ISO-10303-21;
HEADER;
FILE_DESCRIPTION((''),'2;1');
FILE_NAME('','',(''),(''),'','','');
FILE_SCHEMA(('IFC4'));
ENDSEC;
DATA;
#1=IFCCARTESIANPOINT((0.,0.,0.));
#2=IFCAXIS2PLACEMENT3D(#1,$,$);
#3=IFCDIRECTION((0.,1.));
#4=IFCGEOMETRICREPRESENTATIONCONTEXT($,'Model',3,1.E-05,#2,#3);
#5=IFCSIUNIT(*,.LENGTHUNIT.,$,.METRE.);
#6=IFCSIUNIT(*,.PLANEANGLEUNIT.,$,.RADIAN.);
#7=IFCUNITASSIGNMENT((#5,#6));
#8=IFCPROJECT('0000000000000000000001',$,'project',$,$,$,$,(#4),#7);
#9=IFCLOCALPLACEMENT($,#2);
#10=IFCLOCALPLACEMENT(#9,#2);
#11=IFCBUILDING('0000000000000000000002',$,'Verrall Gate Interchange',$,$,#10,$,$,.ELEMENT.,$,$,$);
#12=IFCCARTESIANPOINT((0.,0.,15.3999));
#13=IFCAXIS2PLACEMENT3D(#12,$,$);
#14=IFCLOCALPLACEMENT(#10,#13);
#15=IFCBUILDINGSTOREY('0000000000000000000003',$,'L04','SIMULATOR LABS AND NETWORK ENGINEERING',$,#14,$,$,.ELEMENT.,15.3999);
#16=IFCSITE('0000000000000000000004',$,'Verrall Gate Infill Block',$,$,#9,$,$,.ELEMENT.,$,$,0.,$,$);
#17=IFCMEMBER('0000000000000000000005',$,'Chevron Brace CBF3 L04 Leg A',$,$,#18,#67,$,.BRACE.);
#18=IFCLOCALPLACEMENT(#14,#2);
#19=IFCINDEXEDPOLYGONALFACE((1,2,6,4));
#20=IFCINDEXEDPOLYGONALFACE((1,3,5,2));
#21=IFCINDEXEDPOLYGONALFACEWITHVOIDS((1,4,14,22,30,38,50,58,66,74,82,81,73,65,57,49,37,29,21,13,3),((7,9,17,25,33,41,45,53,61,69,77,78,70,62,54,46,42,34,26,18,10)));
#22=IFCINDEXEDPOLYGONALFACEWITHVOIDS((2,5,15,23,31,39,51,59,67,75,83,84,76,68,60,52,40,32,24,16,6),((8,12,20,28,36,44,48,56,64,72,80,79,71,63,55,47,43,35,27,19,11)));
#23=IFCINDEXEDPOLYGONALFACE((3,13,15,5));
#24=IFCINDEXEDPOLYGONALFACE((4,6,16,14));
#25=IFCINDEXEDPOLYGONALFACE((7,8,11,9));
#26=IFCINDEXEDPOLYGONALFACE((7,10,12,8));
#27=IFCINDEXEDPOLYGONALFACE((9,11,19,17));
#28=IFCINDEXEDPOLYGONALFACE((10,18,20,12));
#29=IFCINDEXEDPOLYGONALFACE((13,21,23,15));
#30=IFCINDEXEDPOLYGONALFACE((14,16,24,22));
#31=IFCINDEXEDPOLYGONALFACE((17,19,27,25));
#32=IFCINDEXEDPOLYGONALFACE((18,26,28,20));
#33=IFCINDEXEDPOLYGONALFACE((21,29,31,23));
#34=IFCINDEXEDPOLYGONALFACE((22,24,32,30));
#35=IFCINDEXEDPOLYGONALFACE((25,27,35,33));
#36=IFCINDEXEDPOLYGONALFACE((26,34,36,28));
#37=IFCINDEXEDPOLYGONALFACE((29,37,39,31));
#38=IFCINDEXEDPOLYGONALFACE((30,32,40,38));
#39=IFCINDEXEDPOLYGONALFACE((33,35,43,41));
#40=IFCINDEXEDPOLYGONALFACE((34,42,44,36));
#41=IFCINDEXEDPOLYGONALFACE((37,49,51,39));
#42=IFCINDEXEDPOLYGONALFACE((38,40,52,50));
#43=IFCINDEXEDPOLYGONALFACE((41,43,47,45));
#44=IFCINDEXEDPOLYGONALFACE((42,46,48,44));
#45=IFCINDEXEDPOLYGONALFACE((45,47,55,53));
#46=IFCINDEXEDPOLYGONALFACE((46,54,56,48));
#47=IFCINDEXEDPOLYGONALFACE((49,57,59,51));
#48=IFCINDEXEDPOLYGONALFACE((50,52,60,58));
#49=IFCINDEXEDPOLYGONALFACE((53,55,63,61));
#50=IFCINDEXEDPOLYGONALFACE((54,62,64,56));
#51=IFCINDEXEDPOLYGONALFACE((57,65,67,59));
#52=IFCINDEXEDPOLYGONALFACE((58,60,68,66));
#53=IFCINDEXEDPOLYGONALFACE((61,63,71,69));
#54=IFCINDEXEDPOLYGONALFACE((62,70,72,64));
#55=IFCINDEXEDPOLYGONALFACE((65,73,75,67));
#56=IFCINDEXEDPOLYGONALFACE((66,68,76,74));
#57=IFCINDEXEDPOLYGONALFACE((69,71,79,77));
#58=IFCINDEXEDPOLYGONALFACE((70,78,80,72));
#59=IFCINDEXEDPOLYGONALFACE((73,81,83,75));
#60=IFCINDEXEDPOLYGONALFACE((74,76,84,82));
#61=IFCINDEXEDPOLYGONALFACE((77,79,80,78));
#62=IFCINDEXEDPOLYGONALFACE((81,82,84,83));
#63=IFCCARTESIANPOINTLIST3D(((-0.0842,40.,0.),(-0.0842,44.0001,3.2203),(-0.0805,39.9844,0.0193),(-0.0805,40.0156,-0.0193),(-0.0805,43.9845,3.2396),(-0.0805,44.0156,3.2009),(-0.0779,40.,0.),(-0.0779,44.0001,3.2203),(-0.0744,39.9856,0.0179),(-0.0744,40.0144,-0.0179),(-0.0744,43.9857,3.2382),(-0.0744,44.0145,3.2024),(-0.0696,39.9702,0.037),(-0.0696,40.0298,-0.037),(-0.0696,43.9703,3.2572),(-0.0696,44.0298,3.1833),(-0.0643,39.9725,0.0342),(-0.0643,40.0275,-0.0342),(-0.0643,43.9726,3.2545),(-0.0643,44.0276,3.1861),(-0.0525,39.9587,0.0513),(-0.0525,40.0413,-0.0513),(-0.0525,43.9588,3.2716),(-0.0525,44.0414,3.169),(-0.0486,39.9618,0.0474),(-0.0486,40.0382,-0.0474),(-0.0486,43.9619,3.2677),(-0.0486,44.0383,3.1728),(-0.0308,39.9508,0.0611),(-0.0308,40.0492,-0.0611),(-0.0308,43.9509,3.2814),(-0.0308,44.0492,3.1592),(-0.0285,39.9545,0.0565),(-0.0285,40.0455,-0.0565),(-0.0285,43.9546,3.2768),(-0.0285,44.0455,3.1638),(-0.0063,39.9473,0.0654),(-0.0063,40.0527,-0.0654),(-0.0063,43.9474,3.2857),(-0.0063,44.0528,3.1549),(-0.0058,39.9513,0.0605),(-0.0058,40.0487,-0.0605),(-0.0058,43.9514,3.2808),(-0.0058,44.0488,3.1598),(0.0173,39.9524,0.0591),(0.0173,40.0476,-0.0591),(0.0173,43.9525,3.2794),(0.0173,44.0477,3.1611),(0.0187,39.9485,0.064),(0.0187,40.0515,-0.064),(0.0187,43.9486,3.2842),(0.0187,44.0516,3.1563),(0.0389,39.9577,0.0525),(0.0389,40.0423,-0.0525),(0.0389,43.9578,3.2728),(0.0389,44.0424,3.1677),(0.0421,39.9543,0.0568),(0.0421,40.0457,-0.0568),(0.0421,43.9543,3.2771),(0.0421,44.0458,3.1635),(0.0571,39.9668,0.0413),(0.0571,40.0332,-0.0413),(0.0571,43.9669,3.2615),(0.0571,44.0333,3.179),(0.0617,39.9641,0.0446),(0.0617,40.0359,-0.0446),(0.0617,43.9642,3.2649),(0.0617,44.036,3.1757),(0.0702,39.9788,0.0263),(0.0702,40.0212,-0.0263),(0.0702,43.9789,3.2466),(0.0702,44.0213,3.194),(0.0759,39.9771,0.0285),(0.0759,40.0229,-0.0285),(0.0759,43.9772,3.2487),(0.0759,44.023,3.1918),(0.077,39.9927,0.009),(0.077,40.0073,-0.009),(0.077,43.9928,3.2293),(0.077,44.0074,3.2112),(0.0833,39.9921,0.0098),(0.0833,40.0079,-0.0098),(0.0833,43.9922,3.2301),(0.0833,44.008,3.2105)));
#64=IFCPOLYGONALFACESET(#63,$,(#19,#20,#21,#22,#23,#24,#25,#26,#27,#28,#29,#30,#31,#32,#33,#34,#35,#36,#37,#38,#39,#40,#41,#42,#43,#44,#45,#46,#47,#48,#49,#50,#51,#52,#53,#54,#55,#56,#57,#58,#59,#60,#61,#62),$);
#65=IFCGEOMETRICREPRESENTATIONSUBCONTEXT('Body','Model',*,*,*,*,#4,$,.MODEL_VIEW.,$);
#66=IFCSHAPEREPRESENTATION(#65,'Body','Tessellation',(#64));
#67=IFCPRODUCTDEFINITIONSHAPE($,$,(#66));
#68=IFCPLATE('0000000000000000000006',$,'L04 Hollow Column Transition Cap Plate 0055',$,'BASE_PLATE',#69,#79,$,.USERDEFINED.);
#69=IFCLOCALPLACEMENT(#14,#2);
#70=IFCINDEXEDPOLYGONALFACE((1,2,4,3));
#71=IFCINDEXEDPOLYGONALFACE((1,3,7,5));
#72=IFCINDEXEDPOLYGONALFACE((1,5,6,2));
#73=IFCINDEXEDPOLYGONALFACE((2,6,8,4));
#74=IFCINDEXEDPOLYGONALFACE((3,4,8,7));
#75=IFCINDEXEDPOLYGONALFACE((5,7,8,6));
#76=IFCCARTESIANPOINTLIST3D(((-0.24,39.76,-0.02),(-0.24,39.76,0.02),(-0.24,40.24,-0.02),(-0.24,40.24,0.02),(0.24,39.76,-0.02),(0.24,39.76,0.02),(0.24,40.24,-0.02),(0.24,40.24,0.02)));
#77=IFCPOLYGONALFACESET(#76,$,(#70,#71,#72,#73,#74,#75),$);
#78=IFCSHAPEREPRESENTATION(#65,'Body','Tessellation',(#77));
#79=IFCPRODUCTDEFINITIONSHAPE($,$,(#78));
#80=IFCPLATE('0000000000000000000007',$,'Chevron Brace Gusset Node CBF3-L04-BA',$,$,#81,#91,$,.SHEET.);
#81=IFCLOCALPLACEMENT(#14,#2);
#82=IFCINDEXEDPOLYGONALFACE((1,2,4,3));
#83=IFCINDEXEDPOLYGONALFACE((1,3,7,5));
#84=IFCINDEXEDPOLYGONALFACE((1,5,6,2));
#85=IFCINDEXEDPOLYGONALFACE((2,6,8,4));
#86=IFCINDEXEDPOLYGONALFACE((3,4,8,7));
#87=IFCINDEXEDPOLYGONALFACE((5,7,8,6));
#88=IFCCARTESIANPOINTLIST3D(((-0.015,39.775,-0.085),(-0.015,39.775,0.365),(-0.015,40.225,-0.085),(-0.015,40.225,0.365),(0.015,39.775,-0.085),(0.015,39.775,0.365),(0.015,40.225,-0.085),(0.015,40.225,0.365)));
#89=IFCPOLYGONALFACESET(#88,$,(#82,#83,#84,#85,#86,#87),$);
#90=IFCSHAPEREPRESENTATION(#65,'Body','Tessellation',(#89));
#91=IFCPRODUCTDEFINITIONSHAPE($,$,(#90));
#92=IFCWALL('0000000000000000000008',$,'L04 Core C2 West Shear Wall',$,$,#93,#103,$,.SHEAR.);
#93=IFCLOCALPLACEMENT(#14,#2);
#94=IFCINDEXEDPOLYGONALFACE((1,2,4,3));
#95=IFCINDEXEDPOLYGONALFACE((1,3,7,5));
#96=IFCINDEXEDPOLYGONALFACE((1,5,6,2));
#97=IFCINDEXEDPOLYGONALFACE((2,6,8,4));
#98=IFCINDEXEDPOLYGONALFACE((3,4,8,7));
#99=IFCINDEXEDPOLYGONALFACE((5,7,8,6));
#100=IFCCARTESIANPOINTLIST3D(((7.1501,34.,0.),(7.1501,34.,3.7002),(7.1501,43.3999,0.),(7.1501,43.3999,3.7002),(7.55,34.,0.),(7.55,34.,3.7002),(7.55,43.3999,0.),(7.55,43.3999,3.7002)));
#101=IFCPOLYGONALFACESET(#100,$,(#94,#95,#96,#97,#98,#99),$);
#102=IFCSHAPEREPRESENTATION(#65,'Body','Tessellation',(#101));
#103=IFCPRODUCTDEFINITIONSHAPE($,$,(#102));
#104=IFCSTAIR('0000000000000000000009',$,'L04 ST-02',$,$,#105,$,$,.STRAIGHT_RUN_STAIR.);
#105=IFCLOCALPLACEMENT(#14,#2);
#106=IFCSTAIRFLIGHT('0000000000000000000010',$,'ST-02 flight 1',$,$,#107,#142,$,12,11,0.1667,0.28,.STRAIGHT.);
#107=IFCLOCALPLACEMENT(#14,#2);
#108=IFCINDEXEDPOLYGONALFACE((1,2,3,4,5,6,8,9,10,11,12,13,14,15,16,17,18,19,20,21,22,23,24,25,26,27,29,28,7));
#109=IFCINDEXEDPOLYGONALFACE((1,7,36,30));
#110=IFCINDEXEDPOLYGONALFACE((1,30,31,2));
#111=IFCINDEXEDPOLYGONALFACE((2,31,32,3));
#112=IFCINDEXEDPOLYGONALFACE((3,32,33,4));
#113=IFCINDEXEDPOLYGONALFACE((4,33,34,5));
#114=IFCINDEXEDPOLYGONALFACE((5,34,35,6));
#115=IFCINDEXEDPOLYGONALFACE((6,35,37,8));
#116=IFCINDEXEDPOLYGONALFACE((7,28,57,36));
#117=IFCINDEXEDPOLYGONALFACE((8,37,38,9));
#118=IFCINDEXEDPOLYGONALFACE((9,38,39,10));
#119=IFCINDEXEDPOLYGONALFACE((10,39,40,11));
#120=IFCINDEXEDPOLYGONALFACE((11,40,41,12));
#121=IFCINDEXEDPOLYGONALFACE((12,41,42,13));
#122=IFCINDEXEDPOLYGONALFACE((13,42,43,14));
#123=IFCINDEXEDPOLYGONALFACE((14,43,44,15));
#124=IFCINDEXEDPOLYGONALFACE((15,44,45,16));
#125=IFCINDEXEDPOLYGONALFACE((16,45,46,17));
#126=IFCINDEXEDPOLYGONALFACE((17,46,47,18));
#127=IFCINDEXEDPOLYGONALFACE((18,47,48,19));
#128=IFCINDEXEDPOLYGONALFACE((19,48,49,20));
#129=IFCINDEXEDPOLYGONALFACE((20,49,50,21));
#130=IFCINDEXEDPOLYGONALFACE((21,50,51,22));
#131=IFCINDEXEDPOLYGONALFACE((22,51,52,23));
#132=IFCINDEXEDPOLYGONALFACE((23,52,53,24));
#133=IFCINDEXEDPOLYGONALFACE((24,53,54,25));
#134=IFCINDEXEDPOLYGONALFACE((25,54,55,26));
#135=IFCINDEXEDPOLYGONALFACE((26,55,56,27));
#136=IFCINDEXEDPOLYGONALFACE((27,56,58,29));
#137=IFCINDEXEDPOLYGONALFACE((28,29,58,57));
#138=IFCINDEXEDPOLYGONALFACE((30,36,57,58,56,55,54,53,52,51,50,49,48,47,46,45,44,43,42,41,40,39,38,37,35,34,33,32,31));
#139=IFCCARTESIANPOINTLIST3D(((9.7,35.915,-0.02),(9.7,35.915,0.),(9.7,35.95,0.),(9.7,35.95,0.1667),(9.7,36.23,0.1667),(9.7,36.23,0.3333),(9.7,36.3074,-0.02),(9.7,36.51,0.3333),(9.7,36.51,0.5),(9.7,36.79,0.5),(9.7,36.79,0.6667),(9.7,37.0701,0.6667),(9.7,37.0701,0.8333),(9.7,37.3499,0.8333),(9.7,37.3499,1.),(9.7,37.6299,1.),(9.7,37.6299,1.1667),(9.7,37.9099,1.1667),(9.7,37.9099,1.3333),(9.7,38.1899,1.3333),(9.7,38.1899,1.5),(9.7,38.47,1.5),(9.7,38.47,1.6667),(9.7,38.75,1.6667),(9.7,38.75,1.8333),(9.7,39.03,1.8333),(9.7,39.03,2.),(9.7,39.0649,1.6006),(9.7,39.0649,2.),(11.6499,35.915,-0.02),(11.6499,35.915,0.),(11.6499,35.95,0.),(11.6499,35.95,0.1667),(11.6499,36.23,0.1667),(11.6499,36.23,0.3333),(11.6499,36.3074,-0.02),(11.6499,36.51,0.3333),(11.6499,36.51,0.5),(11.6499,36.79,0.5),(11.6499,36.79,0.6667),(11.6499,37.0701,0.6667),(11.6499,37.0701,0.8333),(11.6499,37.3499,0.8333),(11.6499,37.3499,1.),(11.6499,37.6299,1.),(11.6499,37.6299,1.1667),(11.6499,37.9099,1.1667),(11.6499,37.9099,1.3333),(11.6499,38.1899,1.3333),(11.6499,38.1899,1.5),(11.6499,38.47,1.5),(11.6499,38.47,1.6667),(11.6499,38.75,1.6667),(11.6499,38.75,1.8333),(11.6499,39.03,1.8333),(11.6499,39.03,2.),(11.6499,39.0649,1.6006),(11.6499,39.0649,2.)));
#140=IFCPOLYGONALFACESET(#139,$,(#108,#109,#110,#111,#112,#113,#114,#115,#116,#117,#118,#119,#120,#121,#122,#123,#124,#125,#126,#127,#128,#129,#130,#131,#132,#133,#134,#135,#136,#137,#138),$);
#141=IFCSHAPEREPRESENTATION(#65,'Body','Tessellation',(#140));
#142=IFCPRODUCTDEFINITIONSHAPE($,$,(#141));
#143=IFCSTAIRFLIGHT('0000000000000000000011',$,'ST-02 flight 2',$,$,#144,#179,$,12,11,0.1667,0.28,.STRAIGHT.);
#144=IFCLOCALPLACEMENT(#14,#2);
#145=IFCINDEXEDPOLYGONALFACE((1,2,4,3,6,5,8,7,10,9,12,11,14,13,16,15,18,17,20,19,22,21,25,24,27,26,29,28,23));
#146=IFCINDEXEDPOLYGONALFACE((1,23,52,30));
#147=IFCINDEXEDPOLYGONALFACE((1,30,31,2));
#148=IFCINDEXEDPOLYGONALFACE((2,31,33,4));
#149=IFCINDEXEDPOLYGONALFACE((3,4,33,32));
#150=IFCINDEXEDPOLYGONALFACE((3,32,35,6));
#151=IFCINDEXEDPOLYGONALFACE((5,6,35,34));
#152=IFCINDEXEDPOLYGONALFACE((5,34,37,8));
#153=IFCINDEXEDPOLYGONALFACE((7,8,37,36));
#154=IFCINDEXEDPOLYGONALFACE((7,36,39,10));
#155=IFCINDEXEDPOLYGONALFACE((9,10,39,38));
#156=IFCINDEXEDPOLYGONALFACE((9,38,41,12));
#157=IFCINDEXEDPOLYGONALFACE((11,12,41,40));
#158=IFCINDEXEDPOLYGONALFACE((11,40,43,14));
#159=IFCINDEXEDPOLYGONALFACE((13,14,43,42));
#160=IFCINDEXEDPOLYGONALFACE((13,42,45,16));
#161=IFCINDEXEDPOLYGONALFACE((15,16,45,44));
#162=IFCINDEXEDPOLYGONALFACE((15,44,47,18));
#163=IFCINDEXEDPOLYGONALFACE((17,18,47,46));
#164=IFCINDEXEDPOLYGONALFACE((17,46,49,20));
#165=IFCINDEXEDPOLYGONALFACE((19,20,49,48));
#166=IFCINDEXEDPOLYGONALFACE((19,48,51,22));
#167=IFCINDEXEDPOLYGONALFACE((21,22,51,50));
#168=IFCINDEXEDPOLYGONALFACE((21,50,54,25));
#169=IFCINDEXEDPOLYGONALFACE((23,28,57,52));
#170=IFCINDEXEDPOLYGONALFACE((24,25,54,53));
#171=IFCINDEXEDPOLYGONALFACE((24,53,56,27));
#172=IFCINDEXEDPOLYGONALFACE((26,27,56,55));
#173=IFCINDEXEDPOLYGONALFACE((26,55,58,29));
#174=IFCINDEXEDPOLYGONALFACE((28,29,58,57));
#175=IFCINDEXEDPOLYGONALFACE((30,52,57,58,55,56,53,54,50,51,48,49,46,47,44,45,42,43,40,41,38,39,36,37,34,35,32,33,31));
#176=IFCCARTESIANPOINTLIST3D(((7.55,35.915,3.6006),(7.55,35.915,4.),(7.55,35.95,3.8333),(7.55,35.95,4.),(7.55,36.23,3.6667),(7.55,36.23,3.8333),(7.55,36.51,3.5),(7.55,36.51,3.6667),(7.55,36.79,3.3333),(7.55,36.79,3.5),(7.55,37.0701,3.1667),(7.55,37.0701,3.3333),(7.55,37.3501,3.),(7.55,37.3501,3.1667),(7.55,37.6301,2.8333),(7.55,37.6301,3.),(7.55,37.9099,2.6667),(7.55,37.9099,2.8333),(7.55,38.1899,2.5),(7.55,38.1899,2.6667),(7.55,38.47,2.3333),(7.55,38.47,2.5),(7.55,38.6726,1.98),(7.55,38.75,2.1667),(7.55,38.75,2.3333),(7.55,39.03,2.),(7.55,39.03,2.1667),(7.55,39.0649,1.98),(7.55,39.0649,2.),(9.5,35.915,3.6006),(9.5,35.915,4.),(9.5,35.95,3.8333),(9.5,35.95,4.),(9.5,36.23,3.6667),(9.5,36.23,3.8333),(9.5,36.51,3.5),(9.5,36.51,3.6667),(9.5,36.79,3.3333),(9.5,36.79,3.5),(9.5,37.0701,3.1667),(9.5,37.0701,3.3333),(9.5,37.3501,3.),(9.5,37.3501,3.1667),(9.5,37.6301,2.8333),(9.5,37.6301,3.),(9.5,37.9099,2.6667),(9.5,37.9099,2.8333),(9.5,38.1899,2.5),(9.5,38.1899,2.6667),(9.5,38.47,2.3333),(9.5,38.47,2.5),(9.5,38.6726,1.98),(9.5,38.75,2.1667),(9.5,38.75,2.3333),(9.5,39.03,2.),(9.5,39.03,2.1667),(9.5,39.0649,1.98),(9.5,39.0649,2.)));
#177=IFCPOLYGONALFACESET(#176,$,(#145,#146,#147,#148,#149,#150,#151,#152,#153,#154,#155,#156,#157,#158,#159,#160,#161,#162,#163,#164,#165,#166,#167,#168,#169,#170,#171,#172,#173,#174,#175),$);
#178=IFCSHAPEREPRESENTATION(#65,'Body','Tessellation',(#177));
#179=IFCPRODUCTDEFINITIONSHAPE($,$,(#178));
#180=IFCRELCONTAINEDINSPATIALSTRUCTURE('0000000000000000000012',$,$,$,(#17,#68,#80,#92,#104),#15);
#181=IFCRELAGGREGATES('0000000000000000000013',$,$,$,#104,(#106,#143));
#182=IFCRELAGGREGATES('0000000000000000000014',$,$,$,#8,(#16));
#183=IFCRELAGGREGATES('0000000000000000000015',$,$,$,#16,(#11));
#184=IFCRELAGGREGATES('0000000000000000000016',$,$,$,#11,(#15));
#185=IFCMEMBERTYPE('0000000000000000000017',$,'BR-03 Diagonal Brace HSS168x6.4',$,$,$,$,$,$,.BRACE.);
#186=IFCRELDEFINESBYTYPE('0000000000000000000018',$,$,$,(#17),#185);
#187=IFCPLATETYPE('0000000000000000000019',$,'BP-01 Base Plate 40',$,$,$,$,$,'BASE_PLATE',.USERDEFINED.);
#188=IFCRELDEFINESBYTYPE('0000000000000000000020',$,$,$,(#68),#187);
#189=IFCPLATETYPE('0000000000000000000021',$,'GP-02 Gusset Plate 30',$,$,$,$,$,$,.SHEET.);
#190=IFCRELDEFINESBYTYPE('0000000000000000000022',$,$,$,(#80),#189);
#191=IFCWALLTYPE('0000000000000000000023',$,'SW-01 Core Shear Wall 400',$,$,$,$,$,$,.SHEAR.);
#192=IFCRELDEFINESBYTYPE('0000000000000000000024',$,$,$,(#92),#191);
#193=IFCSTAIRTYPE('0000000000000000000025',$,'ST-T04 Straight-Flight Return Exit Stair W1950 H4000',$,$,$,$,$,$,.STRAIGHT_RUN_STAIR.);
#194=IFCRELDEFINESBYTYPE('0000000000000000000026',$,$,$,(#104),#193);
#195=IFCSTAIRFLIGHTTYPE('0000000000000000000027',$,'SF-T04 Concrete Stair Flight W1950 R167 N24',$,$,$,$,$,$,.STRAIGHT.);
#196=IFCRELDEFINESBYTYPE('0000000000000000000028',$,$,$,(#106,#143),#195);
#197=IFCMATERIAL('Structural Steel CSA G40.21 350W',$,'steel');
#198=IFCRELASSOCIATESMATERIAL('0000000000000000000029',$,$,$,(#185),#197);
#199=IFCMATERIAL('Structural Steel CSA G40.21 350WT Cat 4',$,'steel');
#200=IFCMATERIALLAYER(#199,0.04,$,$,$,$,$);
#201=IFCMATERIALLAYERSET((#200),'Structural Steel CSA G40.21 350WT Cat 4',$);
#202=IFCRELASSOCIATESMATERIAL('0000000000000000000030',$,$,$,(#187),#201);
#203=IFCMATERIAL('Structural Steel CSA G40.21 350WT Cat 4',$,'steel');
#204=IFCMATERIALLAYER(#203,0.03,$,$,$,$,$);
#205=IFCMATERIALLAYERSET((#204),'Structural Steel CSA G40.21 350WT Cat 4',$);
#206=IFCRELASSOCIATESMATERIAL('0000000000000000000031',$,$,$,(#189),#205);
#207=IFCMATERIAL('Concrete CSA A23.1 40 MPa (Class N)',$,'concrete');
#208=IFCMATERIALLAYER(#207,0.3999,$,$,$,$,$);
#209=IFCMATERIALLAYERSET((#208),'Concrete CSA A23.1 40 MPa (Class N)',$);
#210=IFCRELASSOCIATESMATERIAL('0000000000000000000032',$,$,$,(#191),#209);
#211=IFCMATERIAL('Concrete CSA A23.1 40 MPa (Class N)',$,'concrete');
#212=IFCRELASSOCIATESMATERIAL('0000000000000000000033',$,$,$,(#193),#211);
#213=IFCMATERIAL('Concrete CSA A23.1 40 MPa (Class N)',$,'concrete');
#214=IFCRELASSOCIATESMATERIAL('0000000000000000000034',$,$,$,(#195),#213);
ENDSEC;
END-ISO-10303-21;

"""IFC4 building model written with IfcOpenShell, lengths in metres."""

from ifc_helpers import new_model, si_unit, direction, frame, frame_2d, origin, origin_2d, place, context, subcontext, project, spatial, polyline, rectangle, hollow_circle, outline, extrude, material, layer, layer_set, material_profile, profile_set, type_object, element, aggregate, save


model = new_model("IFC4")

# Units and contexts
model_context = context("Model", 3, precision=1e-05, world=origin(), true_north=direction((0.0, 1.0)))
body_context = subcontext(model_context, "Body", "Model", "MODEL_VIEW")
ifc_project = project(units=[si_unit("LENGTHUNIT", "METRE"), si_unit("PLANEANGLEUNIT", "RADIAN")], contexts=[model_context])

# Site, building, storey
site_placement = place(None, origin())
site = spatial("IfcSite", under=ifc_project, at=site_placement, Name="Verrall Gate Infill Block", CompositionType="ELEMENT", RefElevation=0.0)
building_placement = place(site_placement, origin())
building = spatial("IfcBuilding", under=site, at=building_placement, Name="Verrall Gate Interchange", CompositionType="ELEMENT")
storey_placement = place(building_placement, frame((0.0, 0.0, 15.3999)))
storey = spatial("IfcBuildingStorey", under=building, at=storey_placement, Name="L04", Description="SIMULATOR LABS AND NETWORK ENGINEERING", CompositionType="ELEMENT", Elevation=15.3999)

# Member
ifc_material_1 = material(Name="Structural Steel CSA G40.21 350W", Category="steel")
ifc_material_profile_1 = material_profile(ifc_material_1, hollow_circle(Radius=0.0842, WallThickness=0.0063, at=origin_2d()), Name="HSS168x6.4")
ifc_profile_set_1 = profile_set([ifc_material_profile_1], Name="Structural Steel CSA G40.21 350W")
member_type = type_object("IfcMemberType", Name="BR-03 Diagonal Brace HSS168x6.4", PredefinedType="BRACE", material=ifc_profile_set_1)
member_placement = place(storey_placement, frame((0.0, 40.0, 0.0), z_axis=(0.0, 0.778945, 0.627092), x_axis=(-1.0, 0.0, 0.0)))
element("IfcMember", 1, at=member_placement, inside=storey, type_object=member_type, Name="Chevron Brace CBF3 L04 Leg A", PredefinedType="BRACE", context=body_context, shape_type="SweptSolid", body=[
    extrude(hollow_circle(Radius=0.0842, WallThickness=0.0063, at=origin_2d()), origin(), (0.0, 0.0, 1.0), 5.1353),
])

# Plates
ifc_material_2 = material(Name="Structural Steel CSA G40.21 350WT Cat 4", Category="steel")
ifc_layer_1 = layer(ifc_material_2, 0.04)
ifc_layer_set_1 = layer_set([ifc_layer_1], Name="Structural Steel CSA G40.21 350WT Cat 4")
plate_type_1 = type_object("IfcPlateType", Name="BP-01 Base Plate 40", ElementType="BASE_PLATE", PredefinedType="USERDEFINED", material=ifc_layer_set_1)
plate_1_placement = place(storey_placement, frame((0.0, 40.0, -0.02), z_axis=(0.0, 0.0, 1.0), x_axis=(1.0, 0.0, 0.0)))
element("IfcPlate", 2, at=plate_1_placement, inside=storey, type_object=plate_type_1, Name="L04 Hollow Column Transition Cap Plate 0055", ObjectType="BASE_PLATE", PredefinedType="USERDEFINED", context=body_context, shape_type="SweptSolid", body=[
    extrude(rectangle(XDim=0.48, YDim=0.48, at=origin_2d()), origin(), (0.0, 0.0, 1.0), 0.04),
])
ifc_material_3 = material(Name="Structural Steel CSA G40.21 350WT Cat 4", Category="steel")
ifc_layer_2 = layer(ifc_material_3, 0.03)
ifc_layer_set_2 = layer_set([ifc_layer_2], Name="Structural Steel CSA G40.21 350WT Cat 4")
plate_type_2 = type_object("IfcPlateType", Name="GP-02 Gusset Plate 30", PredefinedType="SHEET", material=ifc_layer_set_2)
plate_2_placement = place(storey_placement, frame((0.0, 40.0, -0.085), z_axis=(0.0, 0.0, 1.0), x_axis=(1.0, 0.0, 0.0)))
element("IfcPlate", 3, at=plate_2_placement, inside=storey, type_object=plate_type_2, Name="Chevron Brace Gusset Node CBF3-L04-BA", PredefinedType="SHEET", context=body_context, shape_type="SweptSolid", body=[
    extrude(rectangle(XDim=0.03, YDim=0.45, at=origin_2d()), origin(), (0.0, 0.0, 1.0), 0.45),
])

# Wall
ifc_material_4 = material(Name="Concrete CSA A23.1 40 MPa (Class N)", Category="concrete")
ifc_layer_3 = layer(ifc_material_4, 0.3999)
ifc_layer_set_3 = layer_set([ifc_layer_3], Name="Concrete CSA A23.1 40 MPa (Class N)")
wall_type = type_object("IfcWallType", Name="SW-01 Core Shear Wall 400", PredefinedType="SHEAR", material=ifc_layer_set_3)
wall_placement = place(storey_placement, frame((7.3501, 43.3999, 0.0), z_axis=(0.0, 0.0, 1.0), x_axis=(0.0, -1.0, 0.0)))
element("IfcWall", 4, at=wall_placement, inside=storey, type_object=wall_type, Name="L04 Core C2 West Shear Wall", PredefinedType="SHEAR", context=body_context, shape_type="SweptSolid", body=[
    extrude(rectangle(XDim=9.3999, YDim=0.3999, at=frame_2d((4.7, 0.0))), origin(), (0.0, 0.0, 1.0), 3.7002),
])

# Stair, stair flights
ifc_material_5 = material(Name="Concrete CSA A23.1 40 MPa (Class N)", Category="concrete")
stair_type = type_object("IfcStairType", Name="ST-T04 Straight-Flight Return Exit Stair W1950 H4000", PredefinedType="STRAIGHT_RUN_STAIR", material=ifc_material_5)
stair_placement = place(storey_placement, origin())
stair = element("IfcStair", 5, at=stair_placement, inside=storey, type_object=stair_type, Name="L04 ST-02", PredefinedType="STRAIGHT_RUN_STAIR")
ifc_material_6 = material(Name="Concrete CSA A23.1 40 MPa (Class N)", Category="concrete")
stair_flight_type = type_object("IfcStairFlightType", Name="SF-T04 Concrete Stair Flight W1950 R167 N24", PredefinedType="STRAIGHT", material=ifc_material_6)
stair_flight_1_placement = place(storey_placement, frame((10.675, 35.95, 0.0), z_axis=(0.0, 0.0, 1.0), x_axis=(0.0, 1.0, 0.0)))
stair_flight_1 = element("IfcStairFlight", 6, at=stair_flight_1_placement, type_object=stair_flight_type, Name="ST-02 flight 1", NumberOfRisers=12, NumberOfTreads=11, PredefinedType="STRAIGHT", RiserHeight=0.1667, TreadLength=0.28, context=body_context, shape_type="SweptSolid", body=[
    extrude(outline(polyline([(-0.0349, -0.02), (-0.0349, 0.0), (0.0, 0.0), (0.0, 0.1667), (0.28, 0.1667), (0.28, 0.3333), (0.5601, 0.3333), (0.5601, 0.5), (0.8401, 0.5), (0.8401, 0.6667), (1.1201, 0.6667), (1.1201, 0.8333), (1.3999, 0.8333), (1.3999, 1.0), (1.6799, 1.0), (1.6799, 1.1667), (1.96, 1.1667), (1.96, 1.3333), (2.24, 1.3333), (2.24, 1.5), (2.52, 1.5), (2.52, 1.6667), (2.8, 1.6667), (2.8, 1.8333), (3.0801, 1.8333), (3.0801, 2.0), (3.115, 2.0), (3.115, 1.6006), (0.3574, -0.02), (-0.0349, -0.02)])), frame((0.0, 0.9751, 0.0), z_axis=(0.0, -1.0, 0.0), x_axis=(1.0, 0.0, 0.0)), (0.0, 0.0, 1.0), 1.95),
])
stair_flight_2_placement = place(storey_placement, frame((8.5249, 39.03, 2.0), z_axis=(0.0, 0.0, 1.0), x_axis=(0.0, -1.0, 0.0)))
stair_flight_2 = element("IfcStairFlight", 7, at=stair_flight_2_placement, type_object=stair_flight_type, Name="ST-02 flight 2", NumberOfRisers=12, NumberOfTreads=11, PredefinedType="STRAIGHT", RiserHeight=0.1667, TreadLength=0.28, context=body_context, shape_type="SweptSolid", body=[
    extrude(outline(polyline([(-0.0349, -0.02), (-0.0349, 0.0), (0.0, 0.0), (0.0, 0.1667), (0.28, 0.1667), (0.28, 0.3333), (0.5601, 0.3333), (0.5601, 0.5), (0.8401, 0.5), (0.8401, 0.6667), (1.1201, 0.6667), (1.1201, 0.8333), (1.3999, 0.8333), (1.3999, 1.0), (1.6799, 1.0), (1.6799, 1.1667), (1.96, 1.1667), (1.96, 1.3333), (2.24, 1.3333), (2.24, 1.5), (2.52, 1.5), (2.52, 1.6667), (2.8, 1.6667), (2.8, 1.8333), (3.0801, 1.8333), (3.0801, 2.0), (3.115, 2.0), (3.115, 1.6006), (0.3574, -0.02), (-0.0349, -0.02)])), frame((0.0, 0.9751, 0.0), z_axis=(0.0, -1.0, 0.0), x_axis=(1.0, 0.0, 0.0)), (0.0, 0.0, 1.0), 1.95),
])
aggregate(stair, [stair_flight_1, stair_flight_2])

save(model, "model.ifc")
